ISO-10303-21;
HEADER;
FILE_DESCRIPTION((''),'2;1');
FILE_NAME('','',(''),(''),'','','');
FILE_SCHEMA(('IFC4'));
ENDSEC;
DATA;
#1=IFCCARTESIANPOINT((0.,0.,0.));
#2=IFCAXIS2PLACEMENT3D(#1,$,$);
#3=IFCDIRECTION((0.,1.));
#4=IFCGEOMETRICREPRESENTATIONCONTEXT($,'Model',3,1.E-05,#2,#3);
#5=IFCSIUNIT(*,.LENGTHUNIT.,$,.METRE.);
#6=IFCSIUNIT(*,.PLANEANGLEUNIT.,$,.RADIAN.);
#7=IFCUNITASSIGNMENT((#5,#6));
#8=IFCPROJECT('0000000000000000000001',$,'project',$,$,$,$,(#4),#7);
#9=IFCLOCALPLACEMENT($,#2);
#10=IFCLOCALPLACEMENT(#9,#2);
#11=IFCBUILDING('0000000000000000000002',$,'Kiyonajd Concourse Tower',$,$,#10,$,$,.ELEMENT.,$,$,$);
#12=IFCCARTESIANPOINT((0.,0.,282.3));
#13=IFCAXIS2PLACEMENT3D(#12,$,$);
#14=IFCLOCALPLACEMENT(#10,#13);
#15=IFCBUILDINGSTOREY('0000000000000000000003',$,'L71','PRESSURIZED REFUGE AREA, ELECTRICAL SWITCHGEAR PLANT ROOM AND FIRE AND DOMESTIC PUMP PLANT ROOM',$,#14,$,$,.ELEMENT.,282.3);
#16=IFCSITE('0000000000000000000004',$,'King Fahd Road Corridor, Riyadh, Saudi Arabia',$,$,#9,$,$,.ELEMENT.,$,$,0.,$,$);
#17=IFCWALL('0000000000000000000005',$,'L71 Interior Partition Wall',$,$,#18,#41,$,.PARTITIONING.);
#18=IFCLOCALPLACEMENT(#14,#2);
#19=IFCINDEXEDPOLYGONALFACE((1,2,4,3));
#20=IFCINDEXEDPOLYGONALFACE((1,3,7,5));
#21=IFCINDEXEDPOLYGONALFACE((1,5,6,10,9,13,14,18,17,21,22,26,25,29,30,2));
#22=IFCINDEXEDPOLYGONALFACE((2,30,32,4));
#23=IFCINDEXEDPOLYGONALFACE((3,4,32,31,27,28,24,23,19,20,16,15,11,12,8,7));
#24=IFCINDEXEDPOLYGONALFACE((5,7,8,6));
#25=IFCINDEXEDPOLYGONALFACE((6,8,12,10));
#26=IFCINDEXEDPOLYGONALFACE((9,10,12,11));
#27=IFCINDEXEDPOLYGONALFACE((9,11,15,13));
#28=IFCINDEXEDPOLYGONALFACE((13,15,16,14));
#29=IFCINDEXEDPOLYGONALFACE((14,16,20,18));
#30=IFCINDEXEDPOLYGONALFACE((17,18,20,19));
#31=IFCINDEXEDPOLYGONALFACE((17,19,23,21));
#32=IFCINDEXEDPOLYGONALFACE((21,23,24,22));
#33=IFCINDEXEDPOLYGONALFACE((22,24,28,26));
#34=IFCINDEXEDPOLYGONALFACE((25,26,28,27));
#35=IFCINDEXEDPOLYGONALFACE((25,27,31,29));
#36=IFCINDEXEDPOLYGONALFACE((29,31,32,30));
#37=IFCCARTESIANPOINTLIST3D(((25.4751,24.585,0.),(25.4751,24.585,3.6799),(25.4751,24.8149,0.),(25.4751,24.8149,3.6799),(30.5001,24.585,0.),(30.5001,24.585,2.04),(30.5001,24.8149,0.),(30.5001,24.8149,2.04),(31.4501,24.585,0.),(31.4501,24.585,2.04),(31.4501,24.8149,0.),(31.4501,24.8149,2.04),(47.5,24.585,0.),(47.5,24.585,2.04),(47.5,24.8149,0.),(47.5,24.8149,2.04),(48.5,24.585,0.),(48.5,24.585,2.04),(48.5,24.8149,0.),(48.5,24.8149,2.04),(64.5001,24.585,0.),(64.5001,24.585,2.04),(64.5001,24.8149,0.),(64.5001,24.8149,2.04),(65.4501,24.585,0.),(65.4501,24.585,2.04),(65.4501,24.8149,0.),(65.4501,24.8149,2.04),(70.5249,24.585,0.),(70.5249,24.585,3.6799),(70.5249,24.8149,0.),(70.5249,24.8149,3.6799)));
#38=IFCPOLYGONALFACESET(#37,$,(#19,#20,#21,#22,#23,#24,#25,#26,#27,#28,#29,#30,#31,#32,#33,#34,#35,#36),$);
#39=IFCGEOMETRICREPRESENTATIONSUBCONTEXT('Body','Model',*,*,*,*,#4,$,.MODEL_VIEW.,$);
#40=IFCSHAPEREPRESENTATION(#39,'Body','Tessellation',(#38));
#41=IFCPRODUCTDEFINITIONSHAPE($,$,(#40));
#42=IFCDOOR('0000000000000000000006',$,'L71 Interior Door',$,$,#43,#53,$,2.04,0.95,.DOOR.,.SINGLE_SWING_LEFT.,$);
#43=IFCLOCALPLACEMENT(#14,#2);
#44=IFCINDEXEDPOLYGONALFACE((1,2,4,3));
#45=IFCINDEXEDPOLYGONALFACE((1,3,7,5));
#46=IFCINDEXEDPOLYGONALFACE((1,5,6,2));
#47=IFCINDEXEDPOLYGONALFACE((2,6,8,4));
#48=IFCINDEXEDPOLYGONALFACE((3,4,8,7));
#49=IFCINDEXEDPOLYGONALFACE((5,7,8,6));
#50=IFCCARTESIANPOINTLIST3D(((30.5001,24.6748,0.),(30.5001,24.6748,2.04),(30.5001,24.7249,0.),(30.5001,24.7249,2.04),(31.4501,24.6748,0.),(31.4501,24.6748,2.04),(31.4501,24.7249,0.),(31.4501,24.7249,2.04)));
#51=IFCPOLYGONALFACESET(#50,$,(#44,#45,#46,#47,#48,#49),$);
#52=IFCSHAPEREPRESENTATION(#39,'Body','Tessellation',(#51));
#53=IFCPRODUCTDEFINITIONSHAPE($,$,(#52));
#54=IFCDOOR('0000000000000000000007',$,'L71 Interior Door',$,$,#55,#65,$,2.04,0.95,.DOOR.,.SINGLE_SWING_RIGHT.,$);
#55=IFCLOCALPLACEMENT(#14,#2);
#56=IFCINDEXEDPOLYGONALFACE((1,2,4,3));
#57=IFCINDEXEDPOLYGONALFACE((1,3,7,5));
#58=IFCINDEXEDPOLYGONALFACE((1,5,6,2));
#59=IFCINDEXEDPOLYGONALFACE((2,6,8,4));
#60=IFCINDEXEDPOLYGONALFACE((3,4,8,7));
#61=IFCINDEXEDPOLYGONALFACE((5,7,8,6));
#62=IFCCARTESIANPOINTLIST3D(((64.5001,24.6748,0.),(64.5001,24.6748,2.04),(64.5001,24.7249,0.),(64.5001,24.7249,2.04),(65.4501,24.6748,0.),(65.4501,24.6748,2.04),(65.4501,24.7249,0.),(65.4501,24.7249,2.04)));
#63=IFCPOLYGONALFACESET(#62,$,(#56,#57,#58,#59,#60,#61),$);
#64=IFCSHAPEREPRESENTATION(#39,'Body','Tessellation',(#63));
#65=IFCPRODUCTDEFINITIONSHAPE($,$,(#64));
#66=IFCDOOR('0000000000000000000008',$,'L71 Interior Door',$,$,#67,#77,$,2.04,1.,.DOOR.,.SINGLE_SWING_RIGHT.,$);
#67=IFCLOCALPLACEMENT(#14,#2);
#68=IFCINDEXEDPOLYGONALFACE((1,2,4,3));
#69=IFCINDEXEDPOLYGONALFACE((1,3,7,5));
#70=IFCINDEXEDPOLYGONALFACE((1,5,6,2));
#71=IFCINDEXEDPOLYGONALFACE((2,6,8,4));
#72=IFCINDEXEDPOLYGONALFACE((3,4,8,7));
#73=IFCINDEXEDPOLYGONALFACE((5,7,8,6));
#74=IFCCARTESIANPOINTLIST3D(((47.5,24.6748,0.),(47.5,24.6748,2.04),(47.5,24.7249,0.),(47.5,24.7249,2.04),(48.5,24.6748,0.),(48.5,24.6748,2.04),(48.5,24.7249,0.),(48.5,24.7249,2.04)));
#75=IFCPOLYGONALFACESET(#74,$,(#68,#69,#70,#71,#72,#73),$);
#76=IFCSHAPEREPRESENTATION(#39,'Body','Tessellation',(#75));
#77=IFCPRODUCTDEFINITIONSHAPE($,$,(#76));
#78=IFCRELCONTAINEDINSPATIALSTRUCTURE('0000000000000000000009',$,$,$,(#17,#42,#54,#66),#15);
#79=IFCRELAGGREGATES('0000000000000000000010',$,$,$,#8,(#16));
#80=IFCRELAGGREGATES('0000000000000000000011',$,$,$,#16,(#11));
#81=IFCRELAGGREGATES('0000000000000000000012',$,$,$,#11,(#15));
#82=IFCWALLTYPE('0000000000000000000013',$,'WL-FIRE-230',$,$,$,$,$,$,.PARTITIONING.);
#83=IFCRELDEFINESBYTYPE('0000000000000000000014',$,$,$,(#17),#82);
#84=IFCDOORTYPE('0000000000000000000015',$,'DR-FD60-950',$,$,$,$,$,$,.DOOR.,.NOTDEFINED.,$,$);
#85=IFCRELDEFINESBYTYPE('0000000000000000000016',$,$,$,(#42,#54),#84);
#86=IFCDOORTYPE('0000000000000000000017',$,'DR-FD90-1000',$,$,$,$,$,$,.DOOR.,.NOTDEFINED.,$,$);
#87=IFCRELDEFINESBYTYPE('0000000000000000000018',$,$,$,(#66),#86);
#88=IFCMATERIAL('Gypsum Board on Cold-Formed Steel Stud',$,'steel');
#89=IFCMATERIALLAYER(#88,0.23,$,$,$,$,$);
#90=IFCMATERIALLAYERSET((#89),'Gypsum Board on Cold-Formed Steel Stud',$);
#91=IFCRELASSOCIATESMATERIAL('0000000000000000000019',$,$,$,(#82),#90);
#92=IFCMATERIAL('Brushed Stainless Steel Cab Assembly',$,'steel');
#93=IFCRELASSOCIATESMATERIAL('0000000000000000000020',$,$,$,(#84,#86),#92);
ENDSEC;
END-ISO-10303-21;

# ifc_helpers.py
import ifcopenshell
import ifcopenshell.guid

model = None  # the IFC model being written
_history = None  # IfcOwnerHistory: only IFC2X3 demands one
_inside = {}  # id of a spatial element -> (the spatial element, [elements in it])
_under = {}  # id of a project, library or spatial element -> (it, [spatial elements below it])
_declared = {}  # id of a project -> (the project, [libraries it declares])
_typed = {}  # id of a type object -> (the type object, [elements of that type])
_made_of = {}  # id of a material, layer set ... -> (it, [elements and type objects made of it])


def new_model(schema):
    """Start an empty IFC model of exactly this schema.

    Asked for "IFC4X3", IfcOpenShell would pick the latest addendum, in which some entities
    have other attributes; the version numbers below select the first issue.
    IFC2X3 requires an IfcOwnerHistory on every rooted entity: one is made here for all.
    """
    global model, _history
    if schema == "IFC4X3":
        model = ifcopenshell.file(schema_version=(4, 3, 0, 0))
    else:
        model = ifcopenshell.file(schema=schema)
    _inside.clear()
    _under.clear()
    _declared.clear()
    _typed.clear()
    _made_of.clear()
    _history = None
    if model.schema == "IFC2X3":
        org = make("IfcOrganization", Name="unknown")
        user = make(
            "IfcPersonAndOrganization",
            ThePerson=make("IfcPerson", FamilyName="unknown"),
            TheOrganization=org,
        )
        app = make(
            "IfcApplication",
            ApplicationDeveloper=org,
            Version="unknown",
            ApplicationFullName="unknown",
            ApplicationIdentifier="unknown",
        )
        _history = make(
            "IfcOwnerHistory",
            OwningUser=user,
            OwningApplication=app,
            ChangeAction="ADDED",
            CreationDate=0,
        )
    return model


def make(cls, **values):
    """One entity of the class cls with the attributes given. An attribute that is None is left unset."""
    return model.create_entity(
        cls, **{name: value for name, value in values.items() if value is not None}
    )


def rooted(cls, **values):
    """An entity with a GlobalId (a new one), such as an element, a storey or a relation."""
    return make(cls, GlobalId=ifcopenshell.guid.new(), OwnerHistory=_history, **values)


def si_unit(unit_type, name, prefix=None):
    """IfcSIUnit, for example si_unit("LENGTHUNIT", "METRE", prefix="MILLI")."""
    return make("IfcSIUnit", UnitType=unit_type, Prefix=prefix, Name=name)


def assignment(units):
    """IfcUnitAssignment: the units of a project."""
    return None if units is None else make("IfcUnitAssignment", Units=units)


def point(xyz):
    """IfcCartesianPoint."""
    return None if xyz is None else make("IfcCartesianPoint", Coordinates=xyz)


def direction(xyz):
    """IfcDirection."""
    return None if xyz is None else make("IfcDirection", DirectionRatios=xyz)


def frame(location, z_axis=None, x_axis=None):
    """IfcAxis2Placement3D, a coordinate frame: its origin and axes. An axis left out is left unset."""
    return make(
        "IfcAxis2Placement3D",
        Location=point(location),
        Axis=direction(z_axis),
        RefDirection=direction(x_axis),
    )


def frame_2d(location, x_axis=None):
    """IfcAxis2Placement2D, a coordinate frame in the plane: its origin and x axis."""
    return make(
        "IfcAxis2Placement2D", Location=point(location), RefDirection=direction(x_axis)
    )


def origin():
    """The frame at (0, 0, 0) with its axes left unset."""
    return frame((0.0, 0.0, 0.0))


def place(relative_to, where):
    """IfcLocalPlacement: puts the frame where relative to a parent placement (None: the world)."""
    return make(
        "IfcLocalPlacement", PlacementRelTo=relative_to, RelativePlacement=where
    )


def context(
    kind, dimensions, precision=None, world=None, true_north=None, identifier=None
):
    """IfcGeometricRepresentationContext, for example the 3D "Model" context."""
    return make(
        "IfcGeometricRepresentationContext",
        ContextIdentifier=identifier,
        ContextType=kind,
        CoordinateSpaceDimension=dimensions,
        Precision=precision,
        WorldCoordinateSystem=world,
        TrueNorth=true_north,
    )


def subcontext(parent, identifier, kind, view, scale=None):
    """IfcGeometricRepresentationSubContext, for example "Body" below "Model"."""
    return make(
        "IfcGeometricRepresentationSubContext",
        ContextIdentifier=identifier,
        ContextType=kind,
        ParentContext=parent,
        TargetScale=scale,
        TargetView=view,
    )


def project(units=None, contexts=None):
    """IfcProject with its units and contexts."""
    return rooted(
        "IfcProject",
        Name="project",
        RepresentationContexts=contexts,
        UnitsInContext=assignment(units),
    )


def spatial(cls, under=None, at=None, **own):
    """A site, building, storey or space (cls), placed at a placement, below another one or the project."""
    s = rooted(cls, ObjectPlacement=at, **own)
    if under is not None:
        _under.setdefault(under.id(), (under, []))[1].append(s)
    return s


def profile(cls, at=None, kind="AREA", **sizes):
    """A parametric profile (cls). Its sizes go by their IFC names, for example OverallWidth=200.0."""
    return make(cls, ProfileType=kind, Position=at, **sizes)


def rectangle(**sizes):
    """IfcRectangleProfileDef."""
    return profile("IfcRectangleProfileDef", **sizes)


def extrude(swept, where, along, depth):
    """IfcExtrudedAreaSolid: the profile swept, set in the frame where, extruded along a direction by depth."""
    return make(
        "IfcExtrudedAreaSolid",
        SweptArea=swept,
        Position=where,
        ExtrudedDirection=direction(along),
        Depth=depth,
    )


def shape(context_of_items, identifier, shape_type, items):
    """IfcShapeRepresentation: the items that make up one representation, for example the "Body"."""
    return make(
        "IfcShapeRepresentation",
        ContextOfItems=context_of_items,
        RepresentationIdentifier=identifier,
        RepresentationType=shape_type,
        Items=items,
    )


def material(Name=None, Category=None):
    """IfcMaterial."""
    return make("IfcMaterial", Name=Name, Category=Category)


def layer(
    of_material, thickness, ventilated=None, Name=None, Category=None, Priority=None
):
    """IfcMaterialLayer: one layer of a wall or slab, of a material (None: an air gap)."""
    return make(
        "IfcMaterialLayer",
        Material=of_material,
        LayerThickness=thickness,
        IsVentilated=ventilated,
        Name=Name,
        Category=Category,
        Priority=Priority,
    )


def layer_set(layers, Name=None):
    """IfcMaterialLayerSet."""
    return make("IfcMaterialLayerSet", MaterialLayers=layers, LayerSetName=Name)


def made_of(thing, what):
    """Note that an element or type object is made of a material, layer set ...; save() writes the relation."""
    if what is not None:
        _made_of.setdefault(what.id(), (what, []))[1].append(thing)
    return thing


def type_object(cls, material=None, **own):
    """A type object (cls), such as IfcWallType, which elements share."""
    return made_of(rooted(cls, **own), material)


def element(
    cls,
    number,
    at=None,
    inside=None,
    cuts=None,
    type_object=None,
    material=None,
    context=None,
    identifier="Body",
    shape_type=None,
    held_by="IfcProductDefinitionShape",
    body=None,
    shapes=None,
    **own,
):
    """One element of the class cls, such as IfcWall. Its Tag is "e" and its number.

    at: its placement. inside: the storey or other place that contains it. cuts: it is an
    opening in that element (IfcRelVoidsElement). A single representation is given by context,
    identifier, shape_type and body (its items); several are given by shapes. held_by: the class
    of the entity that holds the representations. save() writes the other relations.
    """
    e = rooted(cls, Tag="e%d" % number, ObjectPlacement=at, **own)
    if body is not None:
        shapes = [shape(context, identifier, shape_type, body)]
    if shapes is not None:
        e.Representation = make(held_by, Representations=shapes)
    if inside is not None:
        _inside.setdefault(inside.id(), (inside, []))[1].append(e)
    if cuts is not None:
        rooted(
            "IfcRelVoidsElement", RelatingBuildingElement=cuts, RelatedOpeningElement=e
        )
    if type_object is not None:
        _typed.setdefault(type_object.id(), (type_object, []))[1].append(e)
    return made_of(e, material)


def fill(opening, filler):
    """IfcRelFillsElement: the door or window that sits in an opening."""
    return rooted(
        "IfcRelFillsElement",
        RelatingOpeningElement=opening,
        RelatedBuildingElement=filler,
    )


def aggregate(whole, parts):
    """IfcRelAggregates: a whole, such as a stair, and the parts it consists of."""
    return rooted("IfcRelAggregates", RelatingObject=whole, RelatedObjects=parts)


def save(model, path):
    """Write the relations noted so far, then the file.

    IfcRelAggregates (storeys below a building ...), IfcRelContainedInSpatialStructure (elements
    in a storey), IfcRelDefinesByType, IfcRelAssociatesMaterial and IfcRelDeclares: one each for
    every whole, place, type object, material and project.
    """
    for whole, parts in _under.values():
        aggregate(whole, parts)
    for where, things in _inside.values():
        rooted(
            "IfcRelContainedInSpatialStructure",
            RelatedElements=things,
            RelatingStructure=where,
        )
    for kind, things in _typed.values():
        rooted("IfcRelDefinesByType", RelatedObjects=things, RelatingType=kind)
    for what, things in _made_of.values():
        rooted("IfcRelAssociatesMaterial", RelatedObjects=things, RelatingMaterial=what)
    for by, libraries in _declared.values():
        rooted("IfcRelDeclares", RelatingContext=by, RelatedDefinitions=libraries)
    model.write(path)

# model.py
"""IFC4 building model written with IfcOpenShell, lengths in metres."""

from ifc_helpers import new_model, si_unit, direction, frame, frame_2d, origin, place, context, subcontext, project, spatial, rectangle, extrude, material, layer, layer_set, type_object, element, fill, save


model = new_model("IFC4")

# Units and contexts
model_context = context("Model", 3, precision=1e-05, world=origin(), true_north=direction((0.0, 1.0)))
body_context = subcontext(model_context, "Body", "Model", "MODEL_VIEW")
ifc_project = project(units=[si_unit("LENGTHUNIT", "METRE"), si_unit("PLANEANGLEUNIT", "RADIAN")], contexts=[model_context])

# Site, building, storey
site_placement = place(None, origin())
site = spatial("IfcSite", under=ifc_project, at=site_placement, Name="King Fahd Road Corridor, Riyadh, Saudi Arabia", CompositionType="ELEMENT", RefElevation=0.0)
building_placement = place(site_placement, origin())
building = spatial("IfcBuilding", under=site, at=building_placement, Name="Kiyonajd Concourse Tower", CompositionType="ELEMENT")
storey_placement = place(building_placement, frame((0.0, 0.0, 282.3)))
storey = spatial("IfcBuildingStorey", under=building, at=storey_placement, Name="L71", Description="PRESSURIZED REFUGE AREA, ELECTRICAL SWITCHGEAR PLANT ROOM AND FIRE AND DOMESTIC PUMP PLANT ROOM", CompositionType="ELEMENT", Elevation=282.3)

# Wall, openings, doors
ifc_material_1 = material(Name="Gypsum Board on Cold-Formed Steel Stud", Category="steel")
ifc_layer_1 = layer(ifc_material_1, 0.23)
ifc_layer_set_1 = layer_set([ifc_layer_1], Name="Gypsum Board on Cold-Formed Steel Stud")
wall_type_1 = type_object("IfcWallType", Name="WL-FIRE-230", PredefinedType="PARTITIONING", material=ifc_layer_set_1)
wall_1_placement = place(storey_placement, frame((25.4751, 24.7, 0.0), z_axis=(0.0, 0.0, 1.0), x_axis=(1.0, 0.0, 0.0)))
wall_1 = element("IfcWall", 1, at=wall_1_placement, inside=storey, type_object=wall_type_1, Name="L71 Interior Partition Wall", PredefinedType="PARTITIONING", context=body_context, shape_type="SweptSolid", body=[
    extrude(rectangle(XDim=45.0498, YDim=0.23, at=frame_2d((22.5249, 0.0))), origin(), (0.0, 0.0, 1.0), 3.6799),
])
opening_1_placement = place(wall_1_placement, frame((22.0249, 0.0, 0.0)))
opening_1 = element("IfcOpeningElement", 2, at=opening_1_placement, cuts=wall_1, PredefinedType="OPENING", context=body_context, shape_type="SweptSolid", body=[
    extrude(rectangle(XDim=1.0, YDim=2.04, at=frame_2d((0.5, 1.02))), frame((0.0, 0.125, 0.0), z_axis=(0.0, -1.0, 0.0), x_axis=(1.0, 0.0, 0.0)), (0.0, 0.0, 1.0), 0.25),
])
opening_2_placement = place(wall_1_placement, frame((5.0249, 0.0, 0.0)))
opening_2 = element("IfcOpeningElement", 3, at=opening_2_placement, cuts=wall_1, PredefinedType="OPENING", context=body_context, shape_type="SweptSolid", body=[
    extrude(rectangle(XDim=0.95, YDim=2.04, at=frame_2d((0.4751, 1.02))), frame((0.0, 0.125, 0.0), z_axis=(0.0, -1.0, 0.0), x_axis=(1.0, 0.0, 0.0)), (0.0, 0.0, 1.0), 0.25),
])
opening_3_placement = place(wall_1_placement, frame((39.0249, 0.0, 0.0)))
opening_3 = element("IfcOpeningElement", 4, at=opening_3_placement, cuts=wall_1, PredefinedType="OPENING", context=body_context, shape_type="SweptSolid", body=[
    extrude(rectangle(XDim=0.95, YDim=2.04, at=frame_2d((0.4751, 1.02))), frame((0.0, 0.125, 0.0), z_axis=(0.0, -1.0, 0.0), x_axis=(1.0, 0.0, 0.0)), (0.0, 0.0, 1.0), 0.25),
])
ifc_material_2 = material(Name="Brushed Stainless Steel Cab Assembly", Category="steel")
door_type_1 = type_object("IfcDoorType", Name="DR-FD60-950", OperationType="NOTDEFINED", PredefinedType="DOOR", material=ifc_material_2)
door_1_placement = place(opening_2_placement, origin())
door_1 = element("IfcDoor", 5, at=door_1_placement, inside=storey, type_object=door_type_1, Name="L71 Interior Door", OperationType="SINGLE_SWING_LEFT", OverallHeight=2.04, OverallWidth=0.95, PredefinedType="DOOR", context=body_context, shape_type="SweptSolid", body=[
    extrude(rectangle(XDim=0.95, YDim=2.04, at=frame_2d((0.4751, 1.02))), frame((0.0, 0.0249, 0.0), z_axis=(0.0, -1.0, 0.0), x_axis=(1.0, 0.0, 0.0)), (0.0, 0.0, 1.0), 0.05),
])
fill(opening_2, door_1)
door_2_placement = place(opening_3_placement, origin())
door_2 = element("IfcDoor", 6, at=door_2_placement, inside=storey, type_object=door_type_1, Name="L71 Interior Door", OperationType="SINGLE_SWING_RIGHT", OverallHeight=2.04, OverallWidth=0.95, PredefinedType="DOOR", context=body_context, shape_type="SweptSolid", body=[
    extrude(rectangle(XDim=0.95, YDim=2.04, at=frame_2d((0.4751, 1.02))), frame((0.0, 0.0249, 0.0), z_axis=(0.0, -1.0, 0.0), x_axis=(1.0, 0.0, 0.0)), (0.0, 0.0, 1.0), 0.05),
])
fill(opening_3, door_2)
door_type_2 = type_object("IfcDoorType", Name="DR-FD90-1000", OperationType="NOTDEFINED", PredefinedType="DOOR", material=ifc_material_2)
door_3_placement = place(opening_1_placement, origin())
door_3 = element("IfcDoor", 7, at=door_3_placement, inside=storey, type_object=door_type_2, Name="L71 Interior Door", OperationType="SINGLE_SWING_RIGHT", OverallHeight=2.04, OverallWidth=1.0, PredefinedType="DOOR", context=body_context, shape_type="SweptSolid", body=[
    extrude(rectangle(XDim=1.0, YDim=2.04, at=frame_2d((0.5, 1.02))), frame((0.0, 0.0249, 0.0), z_axis=(0.0, -1.0, 0.0), x_axis=(1.0, 0.0, 0.0)), (0.0, 0.0, 1.0), 0.05),
])
fill(opening_1, door_3)

save(model, "model.ifc")
